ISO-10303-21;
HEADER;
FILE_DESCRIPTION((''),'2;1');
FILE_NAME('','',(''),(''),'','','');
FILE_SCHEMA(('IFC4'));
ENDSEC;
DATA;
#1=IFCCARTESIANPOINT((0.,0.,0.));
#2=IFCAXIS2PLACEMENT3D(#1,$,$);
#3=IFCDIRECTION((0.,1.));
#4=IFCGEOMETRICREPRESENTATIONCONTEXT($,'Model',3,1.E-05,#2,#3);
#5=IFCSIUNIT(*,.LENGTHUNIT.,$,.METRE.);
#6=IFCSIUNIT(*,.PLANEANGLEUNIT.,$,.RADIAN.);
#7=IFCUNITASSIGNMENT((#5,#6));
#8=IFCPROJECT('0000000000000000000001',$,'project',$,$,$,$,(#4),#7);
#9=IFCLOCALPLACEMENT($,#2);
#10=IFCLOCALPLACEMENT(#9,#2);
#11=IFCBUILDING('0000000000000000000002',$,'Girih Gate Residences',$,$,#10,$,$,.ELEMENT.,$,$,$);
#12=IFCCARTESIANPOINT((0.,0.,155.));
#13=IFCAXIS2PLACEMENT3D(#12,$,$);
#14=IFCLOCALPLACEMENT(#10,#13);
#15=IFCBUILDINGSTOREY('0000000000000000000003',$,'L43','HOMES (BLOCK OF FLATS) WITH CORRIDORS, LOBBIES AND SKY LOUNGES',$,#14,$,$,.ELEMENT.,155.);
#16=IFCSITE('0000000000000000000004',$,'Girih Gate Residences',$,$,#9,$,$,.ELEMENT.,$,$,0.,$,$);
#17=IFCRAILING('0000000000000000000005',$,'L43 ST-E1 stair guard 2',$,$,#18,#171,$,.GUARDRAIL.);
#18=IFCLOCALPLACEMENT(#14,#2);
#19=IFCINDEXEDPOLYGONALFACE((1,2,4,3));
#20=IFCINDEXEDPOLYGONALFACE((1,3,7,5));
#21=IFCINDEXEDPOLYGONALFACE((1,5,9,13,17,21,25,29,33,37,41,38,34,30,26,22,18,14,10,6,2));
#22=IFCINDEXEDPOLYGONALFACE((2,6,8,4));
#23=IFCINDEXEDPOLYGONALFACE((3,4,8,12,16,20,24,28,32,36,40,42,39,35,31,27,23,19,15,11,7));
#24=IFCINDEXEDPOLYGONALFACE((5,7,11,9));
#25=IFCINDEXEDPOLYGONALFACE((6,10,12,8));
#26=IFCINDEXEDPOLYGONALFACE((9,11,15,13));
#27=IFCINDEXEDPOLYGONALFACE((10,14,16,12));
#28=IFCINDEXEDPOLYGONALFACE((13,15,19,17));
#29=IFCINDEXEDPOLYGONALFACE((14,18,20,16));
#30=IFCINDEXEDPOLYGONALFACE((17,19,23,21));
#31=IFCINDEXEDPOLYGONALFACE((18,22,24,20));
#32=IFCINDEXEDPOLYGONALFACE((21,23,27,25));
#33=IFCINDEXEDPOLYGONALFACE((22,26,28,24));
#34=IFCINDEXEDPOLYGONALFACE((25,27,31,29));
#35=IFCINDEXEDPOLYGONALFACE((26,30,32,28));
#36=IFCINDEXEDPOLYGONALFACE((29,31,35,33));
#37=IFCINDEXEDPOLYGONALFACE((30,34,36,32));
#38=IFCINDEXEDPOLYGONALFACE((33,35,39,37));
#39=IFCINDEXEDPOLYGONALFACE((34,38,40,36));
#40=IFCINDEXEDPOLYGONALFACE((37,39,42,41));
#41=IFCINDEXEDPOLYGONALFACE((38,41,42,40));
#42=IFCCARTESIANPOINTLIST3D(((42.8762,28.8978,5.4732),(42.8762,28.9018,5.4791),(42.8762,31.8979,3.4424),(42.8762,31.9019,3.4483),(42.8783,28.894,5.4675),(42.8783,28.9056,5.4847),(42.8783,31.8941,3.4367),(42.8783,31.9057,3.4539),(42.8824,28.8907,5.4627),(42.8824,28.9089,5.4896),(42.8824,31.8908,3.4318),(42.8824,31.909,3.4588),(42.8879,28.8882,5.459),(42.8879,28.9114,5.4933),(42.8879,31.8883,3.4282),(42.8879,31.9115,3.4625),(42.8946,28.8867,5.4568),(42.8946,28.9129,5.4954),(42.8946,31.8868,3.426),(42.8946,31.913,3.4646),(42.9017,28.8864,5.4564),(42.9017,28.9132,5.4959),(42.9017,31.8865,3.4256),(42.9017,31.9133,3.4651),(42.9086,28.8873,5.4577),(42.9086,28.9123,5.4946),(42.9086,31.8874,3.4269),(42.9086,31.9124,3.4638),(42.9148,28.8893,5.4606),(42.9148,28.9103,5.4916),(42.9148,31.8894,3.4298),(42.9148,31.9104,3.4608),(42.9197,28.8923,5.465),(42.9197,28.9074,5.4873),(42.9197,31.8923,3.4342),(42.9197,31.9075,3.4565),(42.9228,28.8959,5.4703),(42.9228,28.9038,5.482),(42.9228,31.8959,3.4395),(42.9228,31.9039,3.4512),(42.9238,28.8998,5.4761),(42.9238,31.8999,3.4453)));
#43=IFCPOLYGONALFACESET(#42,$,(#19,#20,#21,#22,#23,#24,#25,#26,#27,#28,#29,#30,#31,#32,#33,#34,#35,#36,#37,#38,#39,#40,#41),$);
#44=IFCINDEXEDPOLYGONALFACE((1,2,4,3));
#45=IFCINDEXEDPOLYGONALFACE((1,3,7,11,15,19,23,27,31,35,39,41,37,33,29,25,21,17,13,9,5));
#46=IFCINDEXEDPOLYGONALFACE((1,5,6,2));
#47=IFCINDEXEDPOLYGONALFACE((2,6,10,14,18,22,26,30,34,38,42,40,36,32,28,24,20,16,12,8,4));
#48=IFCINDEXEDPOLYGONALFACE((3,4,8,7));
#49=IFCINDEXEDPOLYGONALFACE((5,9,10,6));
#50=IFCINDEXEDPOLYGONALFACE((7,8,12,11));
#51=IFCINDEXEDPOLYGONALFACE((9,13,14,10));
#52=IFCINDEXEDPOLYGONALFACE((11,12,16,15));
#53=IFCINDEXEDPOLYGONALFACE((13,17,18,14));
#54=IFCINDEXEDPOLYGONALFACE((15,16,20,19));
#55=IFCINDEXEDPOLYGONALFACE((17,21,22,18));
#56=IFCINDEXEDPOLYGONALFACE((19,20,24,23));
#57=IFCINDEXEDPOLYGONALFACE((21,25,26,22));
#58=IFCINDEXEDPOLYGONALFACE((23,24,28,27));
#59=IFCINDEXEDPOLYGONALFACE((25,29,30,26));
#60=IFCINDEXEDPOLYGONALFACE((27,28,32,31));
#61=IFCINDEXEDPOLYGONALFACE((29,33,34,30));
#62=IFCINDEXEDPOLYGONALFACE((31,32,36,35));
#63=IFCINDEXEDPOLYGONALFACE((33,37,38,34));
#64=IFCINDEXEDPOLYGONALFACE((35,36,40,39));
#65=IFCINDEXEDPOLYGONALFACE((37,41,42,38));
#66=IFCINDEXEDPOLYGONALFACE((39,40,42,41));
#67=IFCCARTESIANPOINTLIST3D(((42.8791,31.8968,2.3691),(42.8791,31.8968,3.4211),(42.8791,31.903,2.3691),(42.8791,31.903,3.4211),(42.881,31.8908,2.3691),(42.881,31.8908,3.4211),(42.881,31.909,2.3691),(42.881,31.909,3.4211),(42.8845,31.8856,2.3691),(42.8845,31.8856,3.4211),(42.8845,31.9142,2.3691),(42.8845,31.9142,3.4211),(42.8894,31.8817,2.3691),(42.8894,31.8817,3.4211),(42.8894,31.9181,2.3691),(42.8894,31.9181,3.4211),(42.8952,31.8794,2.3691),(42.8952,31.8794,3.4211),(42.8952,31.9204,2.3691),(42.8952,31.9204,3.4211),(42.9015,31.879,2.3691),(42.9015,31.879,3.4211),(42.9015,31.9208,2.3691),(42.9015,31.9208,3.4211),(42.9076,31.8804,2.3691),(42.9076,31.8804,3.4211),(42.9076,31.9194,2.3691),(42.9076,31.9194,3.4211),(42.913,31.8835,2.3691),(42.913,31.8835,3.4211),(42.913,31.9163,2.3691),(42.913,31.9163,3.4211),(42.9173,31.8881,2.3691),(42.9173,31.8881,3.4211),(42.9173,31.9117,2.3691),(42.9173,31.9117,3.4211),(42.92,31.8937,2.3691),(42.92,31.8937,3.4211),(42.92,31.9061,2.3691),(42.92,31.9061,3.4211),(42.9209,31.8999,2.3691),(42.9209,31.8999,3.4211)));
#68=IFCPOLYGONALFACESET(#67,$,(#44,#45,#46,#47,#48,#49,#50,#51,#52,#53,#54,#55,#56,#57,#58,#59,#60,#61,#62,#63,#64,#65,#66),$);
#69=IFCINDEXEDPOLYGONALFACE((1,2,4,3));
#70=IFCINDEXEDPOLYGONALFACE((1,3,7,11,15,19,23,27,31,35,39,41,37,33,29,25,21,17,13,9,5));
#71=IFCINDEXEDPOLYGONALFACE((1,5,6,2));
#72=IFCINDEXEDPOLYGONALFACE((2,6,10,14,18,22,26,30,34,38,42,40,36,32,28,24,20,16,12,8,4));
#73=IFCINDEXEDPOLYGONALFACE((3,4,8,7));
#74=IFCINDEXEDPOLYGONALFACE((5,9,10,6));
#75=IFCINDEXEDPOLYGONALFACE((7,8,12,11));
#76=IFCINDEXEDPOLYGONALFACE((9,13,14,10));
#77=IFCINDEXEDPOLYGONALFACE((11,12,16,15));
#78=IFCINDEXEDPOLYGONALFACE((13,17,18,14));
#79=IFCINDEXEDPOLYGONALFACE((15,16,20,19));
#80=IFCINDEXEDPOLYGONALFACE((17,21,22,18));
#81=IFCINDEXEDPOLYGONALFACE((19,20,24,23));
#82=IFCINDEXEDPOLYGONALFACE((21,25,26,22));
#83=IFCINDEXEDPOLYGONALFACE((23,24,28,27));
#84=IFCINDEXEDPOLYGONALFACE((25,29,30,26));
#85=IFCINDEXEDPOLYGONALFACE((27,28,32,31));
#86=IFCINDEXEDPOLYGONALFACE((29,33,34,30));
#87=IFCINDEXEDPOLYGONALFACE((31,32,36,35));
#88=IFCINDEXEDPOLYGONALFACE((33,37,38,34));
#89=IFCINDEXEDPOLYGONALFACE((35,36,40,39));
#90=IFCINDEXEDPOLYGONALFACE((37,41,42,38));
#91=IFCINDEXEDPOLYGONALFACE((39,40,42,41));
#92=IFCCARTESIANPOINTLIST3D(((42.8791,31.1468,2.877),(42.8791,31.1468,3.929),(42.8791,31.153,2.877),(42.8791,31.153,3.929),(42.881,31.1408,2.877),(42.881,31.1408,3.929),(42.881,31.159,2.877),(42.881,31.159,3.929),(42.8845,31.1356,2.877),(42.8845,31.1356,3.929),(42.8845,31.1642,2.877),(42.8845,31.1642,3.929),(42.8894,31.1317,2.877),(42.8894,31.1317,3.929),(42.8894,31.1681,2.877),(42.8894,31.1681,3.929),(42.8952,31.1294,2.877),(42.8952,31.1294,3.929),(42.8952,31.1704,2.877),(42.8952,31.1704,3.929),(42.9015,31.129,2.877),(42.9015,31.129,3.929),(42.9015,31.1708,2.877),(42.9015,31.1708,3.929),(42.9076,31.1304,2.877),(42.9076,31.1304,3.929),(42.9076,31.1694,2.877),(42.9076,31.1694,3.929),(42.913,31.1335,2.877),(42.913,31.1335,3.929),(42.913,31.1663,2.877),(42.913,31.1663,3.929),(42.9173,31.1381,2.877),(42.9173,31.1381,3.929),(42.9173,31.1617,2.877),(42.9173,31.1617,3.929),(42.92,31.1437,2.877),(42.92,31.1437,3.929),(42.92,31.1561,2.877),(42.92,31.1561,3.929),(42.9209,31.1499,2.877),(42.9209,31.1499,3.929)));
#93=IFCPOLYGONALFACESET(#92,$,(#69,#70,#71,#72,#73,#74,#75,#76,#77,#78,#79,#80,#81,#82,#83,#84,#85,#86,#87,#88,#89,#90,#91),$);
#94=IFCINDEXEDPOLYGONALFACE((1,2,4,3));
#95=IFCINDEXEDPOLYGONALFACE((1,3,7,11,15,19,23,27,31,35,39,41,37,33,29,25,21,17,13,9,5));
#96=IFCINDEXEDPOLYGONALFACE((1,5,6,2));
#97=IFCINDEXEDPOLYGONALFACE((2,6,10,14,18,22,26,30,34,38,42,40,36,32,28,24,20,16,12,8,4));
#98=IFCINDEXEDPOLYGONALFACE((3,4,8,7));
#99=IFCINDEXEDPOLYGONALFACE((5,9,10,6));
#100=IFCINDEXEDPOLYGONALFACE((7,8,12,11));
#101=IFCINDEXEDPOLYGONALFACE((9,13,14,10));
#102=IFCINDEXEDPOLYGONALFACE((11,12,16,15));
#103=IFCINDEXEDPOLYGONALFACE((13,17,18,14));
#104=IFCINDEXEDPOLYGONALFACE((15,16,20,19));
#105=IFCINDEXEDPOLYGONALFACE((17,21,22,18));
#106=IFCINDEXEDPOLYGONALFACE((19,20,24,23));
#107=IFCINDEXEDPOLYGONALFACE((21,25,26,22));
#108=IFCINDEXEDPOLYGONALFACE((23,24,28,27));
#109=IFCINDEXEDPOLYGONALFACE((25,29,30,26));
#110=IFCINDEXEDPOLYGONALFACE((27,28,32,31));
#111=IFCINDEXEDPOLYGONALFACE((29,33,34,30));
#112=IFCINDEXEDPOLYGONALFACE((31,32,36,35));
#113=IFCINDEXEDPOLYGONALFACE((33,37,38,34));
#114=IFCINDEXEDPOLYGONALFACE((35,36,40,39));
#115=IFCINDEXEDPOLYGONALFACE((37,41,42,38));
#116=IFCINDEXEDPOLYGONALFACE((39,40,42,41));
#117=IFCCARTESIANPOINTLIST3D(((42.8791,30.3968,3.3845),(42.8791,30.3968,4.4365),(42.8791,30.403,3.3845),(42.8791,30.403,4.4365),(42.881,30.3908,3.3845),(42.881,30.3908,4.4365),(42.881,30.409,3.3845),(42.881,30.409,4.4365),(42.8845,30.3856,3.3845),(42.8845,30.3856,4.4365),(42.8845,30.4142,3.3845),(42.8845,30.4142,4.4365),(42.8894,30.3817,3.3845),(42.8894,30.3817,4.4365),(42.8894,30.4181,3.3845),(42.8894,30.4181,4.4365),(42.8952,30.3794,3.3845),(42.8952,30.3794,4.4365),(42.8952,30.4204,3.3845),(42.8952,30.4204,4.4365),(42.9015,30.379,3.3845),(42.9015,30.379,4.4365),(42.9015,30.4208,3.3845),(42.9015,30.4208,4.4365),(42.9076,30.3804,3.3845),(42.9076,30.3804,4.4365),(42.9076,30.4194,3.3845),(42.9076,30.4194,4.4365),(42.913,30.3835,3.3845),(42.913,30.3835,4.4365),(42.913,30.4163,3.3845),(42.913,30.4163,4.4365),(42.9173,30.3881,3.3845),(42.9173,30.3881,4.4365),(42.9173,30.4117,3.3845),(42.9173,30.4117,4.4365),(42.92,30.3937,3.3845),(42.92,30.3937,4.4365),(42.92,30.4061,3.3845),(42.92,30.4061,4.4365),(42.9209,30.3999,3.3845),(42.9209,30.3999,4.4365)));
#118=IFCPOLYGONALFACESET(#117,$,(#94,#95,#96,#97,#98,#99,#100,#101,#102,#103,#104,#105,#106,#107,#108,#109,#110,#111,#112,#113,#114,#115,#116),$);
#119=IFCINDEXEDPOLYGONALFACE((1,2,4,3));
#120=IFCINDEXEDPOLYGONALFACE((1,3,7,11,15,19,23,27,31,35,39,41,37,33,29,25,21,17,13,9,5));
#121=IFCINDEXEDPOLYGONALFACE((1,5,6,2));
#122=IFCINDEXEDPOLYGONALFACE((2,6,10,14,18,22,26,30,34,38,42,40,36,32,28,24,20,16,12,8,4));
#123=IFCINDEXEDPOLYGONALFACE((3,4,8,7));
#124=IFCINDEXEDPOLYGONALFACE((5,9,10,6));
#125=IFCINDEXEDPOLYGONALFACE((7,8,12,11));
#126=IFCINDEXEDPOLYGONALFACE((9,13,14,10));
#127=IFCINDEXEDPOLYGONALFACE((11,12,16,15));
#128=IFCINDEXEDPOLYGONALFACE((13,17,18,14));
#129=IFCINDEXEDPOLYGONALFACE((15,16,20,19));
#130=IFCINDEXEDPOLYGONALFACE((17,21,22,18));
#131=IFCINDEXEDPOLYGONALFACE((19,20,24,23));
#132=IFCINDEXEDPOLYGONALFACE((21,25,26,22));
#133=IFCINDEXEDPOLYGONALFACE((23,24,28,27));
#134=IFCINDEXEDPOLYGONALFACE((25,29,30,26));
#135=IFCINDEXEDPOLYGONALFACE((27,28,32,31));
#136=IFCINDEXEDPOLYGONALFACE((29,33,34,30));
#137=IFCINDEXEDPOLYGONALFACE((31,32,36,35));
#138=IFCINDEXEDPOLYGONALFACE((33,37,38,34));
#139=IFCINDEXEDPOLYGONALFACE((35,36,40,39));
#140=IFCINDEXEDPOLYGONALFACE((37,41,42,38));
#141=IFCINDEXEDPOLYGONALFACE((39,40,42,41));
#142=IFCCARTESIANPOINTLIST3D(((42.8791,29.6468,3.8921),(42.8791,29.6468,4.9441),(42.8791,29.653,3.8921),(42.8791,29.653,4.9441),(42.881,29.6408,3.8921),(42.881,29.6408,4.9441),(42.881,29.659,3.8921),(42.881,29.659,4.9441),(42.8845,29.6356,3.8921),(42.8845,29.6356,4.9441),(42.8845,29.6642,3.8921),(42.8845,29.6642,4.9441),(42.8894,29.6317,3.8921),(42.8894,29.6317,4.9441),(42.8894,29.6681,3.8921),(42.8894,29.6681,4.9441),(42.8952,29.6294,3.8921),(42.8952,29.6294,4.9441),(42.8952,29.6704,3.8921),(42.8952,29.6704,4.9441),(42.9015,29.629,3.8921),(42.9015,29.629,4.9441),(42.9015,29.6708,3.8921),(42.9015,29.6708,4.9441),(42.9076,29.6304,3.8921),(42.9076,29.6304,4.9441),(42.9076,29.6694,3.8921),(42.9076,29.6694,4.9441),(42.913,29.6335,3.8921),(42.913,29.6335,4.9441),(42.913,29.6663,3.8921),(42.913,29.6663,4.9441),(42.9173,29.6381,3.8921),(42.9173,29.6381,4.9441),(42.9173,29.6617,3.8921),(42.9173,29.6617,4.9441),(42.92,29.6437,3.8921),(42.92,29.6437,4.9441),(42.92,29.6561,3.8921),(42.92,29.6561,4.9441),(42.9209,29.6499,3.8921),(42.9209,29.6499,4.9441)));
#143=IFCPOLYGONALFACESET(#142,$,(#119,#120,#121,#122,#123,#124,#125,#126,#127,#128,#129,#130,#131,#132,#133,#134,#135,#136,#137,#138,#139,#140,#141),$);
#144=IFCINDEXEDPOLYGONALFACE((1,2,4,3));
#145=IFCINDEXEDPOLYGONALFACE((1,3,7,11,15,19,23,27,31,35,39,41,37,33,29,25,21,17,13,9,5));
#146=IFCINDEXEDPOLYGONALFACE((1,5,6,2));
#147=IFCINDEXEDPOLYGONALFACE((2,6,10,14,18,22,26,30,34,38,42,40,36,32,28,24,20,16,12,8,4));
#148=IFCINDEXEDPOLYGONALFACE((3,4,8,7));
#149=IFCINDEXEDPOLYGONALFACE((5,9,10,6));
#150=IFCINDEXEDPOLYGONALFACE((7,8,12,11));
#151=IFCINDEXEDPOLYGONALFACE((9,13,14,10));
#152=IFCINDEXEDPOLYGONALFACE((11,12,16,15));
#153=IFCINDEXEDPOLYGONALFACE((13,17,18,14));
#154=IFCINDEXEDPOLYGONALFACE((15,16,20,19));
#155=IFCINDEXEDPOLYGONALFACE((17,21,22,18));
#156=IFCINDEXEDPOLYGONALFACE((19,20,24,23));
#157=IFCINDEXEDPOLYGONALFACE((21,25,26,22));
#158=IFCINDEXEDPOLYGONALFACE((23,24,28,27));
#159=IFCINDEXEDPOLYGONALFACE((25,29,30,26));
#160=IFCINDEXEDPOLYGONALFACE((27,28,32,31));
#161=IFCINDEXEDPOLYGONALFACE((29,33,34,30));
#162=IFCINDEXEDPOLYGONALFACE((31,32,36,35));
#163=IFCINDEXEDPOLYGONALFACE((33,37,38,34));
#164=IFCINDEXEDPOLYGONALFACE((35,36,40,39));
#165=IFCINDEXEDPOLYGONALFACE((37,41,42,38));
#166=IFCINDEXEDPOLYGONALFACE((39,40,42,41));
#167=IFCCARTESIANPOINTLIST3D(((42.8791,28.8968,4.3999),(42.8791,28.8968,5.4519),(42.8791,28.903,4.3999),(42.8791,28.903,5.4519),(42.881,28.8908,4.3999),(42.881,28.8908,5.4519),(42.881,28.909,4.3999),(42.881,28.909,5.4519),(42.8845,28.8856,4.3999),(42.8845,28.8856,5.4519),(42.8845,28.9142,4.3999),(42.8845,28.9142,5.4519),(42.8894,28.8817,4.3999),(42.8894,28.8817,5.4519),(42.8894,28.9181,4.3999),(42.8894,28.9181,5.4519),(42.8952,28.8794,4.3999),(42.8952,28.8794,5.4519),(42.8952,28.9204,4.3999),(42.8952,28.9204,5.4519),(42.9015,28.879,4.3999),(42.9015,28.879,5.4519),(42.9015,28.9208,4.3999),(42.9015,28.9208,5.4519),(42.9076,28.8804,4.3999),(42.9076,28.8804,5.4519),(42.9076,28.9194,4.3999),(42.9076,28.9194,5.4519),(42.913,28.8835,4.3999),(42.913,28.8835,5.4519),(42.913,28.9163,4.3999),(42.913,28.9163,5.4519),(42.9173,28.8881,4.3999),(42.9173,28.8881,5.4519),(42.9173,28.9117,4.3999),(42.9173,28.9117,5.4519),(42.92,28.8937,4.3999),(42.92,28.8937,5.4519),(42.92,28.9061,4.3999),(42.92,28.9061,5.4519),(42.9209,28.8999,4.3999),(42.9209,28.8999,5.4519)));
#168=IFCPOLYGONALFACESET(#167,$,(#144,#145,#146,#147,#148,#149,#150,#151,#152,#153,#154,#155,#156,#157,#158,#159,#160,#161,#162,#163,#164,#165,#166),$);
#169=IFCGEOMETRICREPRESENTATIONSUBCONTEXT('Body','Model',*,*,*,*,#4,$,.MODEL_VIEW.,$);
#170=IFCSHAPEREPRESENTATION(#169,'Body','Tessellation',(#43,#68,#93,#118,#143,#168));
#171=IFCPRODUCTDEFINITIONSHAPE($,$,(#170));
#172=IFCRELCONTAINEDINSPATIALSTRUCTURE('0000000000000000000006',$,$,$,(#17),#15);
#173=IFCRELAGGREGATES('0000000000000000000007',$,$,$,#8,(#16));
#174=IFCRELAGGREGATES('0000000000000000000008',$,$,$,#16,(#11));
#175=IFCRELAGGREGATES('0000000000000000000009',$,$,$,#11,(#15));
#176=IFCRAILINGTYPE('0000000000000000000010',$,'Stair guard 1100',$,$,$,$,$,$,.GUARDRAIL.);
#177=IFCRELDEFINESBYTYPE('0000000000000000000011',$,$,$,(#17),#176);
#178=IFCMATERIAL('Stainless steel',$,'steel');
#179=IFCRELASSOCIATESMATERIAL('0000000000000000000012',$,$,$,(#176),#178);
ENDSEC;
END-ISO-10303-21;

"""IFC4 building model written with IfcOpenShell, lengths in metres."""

from ifc_helpers import new_model, si_unit, direction, frame, origin, origin_2d, place, context, subcontext, project, spatial, circle, extrude, material, type_object, element, save


model = new_model("IFC4")

# Units and contexts
model_context = context("Model", 3, precision=1e-05, world=origin(), true_north=direction((0.0, 1.0)))
body_context = subcontext(model_context, "Body", "Model", "MODEL_VIEW")
ifc_project = project(units=[si_unit("LENGTHUNIT", "METRE"), si_unit("PLANEANGLEUNIT", "RADIAN")], contexts=[model_context])

# Site, building, storey
site_placement = place(None, origin())
site = spatial("IfcSite", under=ifc_project, at=site_placement, Name="Girih Gate Residences", CompositionType="ELEMENT", RefElevation=0.0)
building_placement = place(site_placement, origin())
building = spatial("IfcBuilding", under=site, at=building_placement, Name="Girih Gate Residences", CompositionType="ELEMENT")
storey_placement = place(building_placement, frame((0.0, 0.0, 155.0)))
storey = spatial("IfcBuildingStorey", under=building, at=storey_placement, Name="L43", Description="HOMES (BLOCK OF FLATS) WITH CORRIDORS, LOBBIES AND SKY LOUNGES", CompositionType="ELEMENT", Elevation=155.0)

# Railing
ifc_material_1 = material(Name="Stainless steel", Category="steel")
railing_type_1 = type_object("IfcRailingType", Name="Stair guard 1100", PredefinedType="GUARDRAIL", material=ifc_material_1)
railing_1_placement = place(storey_placement, frame((42.8999, 31.8999, 2.3691)))
element("IfcRailing", 1, at=railing_1_placement, inside=storey, type_object=railing_type_1, Name="L43 ST-E1 stair guard 2", PredefinedType="GUARDRAIL", context=body_context, shape_type="SweptSolid", body=[
    extrude(circle(Radius=0.0239, at=origin_2d()), frame((0.0, 0.0, 1.0762), z_axis=(0.0, -0.82811, 0.560565), x_axis=(1.0, 0.0, 0.0)), (0.0, 0.0, 1.0), 3.6228),
    extrude(circle(Radius=0.021, at=origin_2d()), origin(), (0.0, 0.0, 1.0), 1.052),
    extrude(circle(Radius=0.021, at=origin_2d()), frame((0.0, -0.75, 0.5078)), (0.0, 0.0, 1.0), 1.052),
    extrude(circle(Radius=0.021, at=origin_2d()), frame((0.0, -1.5, 1.0154)), (0.0, 0.0, 1.0), 1.052),
    extrude(circle(Radius=0.021, at=origin_2d()), frame((0.0, -2.25, 1.5229)), (0.0, 0.0, 1.0), 1.052),
    extrude(circle(Radius=0.021, at=origin_2d()), frame((0.0, -3.0, 2.0308)), (0.0, 0.0, 1.0), 1.052),
])

save(model, "model.ifc")
